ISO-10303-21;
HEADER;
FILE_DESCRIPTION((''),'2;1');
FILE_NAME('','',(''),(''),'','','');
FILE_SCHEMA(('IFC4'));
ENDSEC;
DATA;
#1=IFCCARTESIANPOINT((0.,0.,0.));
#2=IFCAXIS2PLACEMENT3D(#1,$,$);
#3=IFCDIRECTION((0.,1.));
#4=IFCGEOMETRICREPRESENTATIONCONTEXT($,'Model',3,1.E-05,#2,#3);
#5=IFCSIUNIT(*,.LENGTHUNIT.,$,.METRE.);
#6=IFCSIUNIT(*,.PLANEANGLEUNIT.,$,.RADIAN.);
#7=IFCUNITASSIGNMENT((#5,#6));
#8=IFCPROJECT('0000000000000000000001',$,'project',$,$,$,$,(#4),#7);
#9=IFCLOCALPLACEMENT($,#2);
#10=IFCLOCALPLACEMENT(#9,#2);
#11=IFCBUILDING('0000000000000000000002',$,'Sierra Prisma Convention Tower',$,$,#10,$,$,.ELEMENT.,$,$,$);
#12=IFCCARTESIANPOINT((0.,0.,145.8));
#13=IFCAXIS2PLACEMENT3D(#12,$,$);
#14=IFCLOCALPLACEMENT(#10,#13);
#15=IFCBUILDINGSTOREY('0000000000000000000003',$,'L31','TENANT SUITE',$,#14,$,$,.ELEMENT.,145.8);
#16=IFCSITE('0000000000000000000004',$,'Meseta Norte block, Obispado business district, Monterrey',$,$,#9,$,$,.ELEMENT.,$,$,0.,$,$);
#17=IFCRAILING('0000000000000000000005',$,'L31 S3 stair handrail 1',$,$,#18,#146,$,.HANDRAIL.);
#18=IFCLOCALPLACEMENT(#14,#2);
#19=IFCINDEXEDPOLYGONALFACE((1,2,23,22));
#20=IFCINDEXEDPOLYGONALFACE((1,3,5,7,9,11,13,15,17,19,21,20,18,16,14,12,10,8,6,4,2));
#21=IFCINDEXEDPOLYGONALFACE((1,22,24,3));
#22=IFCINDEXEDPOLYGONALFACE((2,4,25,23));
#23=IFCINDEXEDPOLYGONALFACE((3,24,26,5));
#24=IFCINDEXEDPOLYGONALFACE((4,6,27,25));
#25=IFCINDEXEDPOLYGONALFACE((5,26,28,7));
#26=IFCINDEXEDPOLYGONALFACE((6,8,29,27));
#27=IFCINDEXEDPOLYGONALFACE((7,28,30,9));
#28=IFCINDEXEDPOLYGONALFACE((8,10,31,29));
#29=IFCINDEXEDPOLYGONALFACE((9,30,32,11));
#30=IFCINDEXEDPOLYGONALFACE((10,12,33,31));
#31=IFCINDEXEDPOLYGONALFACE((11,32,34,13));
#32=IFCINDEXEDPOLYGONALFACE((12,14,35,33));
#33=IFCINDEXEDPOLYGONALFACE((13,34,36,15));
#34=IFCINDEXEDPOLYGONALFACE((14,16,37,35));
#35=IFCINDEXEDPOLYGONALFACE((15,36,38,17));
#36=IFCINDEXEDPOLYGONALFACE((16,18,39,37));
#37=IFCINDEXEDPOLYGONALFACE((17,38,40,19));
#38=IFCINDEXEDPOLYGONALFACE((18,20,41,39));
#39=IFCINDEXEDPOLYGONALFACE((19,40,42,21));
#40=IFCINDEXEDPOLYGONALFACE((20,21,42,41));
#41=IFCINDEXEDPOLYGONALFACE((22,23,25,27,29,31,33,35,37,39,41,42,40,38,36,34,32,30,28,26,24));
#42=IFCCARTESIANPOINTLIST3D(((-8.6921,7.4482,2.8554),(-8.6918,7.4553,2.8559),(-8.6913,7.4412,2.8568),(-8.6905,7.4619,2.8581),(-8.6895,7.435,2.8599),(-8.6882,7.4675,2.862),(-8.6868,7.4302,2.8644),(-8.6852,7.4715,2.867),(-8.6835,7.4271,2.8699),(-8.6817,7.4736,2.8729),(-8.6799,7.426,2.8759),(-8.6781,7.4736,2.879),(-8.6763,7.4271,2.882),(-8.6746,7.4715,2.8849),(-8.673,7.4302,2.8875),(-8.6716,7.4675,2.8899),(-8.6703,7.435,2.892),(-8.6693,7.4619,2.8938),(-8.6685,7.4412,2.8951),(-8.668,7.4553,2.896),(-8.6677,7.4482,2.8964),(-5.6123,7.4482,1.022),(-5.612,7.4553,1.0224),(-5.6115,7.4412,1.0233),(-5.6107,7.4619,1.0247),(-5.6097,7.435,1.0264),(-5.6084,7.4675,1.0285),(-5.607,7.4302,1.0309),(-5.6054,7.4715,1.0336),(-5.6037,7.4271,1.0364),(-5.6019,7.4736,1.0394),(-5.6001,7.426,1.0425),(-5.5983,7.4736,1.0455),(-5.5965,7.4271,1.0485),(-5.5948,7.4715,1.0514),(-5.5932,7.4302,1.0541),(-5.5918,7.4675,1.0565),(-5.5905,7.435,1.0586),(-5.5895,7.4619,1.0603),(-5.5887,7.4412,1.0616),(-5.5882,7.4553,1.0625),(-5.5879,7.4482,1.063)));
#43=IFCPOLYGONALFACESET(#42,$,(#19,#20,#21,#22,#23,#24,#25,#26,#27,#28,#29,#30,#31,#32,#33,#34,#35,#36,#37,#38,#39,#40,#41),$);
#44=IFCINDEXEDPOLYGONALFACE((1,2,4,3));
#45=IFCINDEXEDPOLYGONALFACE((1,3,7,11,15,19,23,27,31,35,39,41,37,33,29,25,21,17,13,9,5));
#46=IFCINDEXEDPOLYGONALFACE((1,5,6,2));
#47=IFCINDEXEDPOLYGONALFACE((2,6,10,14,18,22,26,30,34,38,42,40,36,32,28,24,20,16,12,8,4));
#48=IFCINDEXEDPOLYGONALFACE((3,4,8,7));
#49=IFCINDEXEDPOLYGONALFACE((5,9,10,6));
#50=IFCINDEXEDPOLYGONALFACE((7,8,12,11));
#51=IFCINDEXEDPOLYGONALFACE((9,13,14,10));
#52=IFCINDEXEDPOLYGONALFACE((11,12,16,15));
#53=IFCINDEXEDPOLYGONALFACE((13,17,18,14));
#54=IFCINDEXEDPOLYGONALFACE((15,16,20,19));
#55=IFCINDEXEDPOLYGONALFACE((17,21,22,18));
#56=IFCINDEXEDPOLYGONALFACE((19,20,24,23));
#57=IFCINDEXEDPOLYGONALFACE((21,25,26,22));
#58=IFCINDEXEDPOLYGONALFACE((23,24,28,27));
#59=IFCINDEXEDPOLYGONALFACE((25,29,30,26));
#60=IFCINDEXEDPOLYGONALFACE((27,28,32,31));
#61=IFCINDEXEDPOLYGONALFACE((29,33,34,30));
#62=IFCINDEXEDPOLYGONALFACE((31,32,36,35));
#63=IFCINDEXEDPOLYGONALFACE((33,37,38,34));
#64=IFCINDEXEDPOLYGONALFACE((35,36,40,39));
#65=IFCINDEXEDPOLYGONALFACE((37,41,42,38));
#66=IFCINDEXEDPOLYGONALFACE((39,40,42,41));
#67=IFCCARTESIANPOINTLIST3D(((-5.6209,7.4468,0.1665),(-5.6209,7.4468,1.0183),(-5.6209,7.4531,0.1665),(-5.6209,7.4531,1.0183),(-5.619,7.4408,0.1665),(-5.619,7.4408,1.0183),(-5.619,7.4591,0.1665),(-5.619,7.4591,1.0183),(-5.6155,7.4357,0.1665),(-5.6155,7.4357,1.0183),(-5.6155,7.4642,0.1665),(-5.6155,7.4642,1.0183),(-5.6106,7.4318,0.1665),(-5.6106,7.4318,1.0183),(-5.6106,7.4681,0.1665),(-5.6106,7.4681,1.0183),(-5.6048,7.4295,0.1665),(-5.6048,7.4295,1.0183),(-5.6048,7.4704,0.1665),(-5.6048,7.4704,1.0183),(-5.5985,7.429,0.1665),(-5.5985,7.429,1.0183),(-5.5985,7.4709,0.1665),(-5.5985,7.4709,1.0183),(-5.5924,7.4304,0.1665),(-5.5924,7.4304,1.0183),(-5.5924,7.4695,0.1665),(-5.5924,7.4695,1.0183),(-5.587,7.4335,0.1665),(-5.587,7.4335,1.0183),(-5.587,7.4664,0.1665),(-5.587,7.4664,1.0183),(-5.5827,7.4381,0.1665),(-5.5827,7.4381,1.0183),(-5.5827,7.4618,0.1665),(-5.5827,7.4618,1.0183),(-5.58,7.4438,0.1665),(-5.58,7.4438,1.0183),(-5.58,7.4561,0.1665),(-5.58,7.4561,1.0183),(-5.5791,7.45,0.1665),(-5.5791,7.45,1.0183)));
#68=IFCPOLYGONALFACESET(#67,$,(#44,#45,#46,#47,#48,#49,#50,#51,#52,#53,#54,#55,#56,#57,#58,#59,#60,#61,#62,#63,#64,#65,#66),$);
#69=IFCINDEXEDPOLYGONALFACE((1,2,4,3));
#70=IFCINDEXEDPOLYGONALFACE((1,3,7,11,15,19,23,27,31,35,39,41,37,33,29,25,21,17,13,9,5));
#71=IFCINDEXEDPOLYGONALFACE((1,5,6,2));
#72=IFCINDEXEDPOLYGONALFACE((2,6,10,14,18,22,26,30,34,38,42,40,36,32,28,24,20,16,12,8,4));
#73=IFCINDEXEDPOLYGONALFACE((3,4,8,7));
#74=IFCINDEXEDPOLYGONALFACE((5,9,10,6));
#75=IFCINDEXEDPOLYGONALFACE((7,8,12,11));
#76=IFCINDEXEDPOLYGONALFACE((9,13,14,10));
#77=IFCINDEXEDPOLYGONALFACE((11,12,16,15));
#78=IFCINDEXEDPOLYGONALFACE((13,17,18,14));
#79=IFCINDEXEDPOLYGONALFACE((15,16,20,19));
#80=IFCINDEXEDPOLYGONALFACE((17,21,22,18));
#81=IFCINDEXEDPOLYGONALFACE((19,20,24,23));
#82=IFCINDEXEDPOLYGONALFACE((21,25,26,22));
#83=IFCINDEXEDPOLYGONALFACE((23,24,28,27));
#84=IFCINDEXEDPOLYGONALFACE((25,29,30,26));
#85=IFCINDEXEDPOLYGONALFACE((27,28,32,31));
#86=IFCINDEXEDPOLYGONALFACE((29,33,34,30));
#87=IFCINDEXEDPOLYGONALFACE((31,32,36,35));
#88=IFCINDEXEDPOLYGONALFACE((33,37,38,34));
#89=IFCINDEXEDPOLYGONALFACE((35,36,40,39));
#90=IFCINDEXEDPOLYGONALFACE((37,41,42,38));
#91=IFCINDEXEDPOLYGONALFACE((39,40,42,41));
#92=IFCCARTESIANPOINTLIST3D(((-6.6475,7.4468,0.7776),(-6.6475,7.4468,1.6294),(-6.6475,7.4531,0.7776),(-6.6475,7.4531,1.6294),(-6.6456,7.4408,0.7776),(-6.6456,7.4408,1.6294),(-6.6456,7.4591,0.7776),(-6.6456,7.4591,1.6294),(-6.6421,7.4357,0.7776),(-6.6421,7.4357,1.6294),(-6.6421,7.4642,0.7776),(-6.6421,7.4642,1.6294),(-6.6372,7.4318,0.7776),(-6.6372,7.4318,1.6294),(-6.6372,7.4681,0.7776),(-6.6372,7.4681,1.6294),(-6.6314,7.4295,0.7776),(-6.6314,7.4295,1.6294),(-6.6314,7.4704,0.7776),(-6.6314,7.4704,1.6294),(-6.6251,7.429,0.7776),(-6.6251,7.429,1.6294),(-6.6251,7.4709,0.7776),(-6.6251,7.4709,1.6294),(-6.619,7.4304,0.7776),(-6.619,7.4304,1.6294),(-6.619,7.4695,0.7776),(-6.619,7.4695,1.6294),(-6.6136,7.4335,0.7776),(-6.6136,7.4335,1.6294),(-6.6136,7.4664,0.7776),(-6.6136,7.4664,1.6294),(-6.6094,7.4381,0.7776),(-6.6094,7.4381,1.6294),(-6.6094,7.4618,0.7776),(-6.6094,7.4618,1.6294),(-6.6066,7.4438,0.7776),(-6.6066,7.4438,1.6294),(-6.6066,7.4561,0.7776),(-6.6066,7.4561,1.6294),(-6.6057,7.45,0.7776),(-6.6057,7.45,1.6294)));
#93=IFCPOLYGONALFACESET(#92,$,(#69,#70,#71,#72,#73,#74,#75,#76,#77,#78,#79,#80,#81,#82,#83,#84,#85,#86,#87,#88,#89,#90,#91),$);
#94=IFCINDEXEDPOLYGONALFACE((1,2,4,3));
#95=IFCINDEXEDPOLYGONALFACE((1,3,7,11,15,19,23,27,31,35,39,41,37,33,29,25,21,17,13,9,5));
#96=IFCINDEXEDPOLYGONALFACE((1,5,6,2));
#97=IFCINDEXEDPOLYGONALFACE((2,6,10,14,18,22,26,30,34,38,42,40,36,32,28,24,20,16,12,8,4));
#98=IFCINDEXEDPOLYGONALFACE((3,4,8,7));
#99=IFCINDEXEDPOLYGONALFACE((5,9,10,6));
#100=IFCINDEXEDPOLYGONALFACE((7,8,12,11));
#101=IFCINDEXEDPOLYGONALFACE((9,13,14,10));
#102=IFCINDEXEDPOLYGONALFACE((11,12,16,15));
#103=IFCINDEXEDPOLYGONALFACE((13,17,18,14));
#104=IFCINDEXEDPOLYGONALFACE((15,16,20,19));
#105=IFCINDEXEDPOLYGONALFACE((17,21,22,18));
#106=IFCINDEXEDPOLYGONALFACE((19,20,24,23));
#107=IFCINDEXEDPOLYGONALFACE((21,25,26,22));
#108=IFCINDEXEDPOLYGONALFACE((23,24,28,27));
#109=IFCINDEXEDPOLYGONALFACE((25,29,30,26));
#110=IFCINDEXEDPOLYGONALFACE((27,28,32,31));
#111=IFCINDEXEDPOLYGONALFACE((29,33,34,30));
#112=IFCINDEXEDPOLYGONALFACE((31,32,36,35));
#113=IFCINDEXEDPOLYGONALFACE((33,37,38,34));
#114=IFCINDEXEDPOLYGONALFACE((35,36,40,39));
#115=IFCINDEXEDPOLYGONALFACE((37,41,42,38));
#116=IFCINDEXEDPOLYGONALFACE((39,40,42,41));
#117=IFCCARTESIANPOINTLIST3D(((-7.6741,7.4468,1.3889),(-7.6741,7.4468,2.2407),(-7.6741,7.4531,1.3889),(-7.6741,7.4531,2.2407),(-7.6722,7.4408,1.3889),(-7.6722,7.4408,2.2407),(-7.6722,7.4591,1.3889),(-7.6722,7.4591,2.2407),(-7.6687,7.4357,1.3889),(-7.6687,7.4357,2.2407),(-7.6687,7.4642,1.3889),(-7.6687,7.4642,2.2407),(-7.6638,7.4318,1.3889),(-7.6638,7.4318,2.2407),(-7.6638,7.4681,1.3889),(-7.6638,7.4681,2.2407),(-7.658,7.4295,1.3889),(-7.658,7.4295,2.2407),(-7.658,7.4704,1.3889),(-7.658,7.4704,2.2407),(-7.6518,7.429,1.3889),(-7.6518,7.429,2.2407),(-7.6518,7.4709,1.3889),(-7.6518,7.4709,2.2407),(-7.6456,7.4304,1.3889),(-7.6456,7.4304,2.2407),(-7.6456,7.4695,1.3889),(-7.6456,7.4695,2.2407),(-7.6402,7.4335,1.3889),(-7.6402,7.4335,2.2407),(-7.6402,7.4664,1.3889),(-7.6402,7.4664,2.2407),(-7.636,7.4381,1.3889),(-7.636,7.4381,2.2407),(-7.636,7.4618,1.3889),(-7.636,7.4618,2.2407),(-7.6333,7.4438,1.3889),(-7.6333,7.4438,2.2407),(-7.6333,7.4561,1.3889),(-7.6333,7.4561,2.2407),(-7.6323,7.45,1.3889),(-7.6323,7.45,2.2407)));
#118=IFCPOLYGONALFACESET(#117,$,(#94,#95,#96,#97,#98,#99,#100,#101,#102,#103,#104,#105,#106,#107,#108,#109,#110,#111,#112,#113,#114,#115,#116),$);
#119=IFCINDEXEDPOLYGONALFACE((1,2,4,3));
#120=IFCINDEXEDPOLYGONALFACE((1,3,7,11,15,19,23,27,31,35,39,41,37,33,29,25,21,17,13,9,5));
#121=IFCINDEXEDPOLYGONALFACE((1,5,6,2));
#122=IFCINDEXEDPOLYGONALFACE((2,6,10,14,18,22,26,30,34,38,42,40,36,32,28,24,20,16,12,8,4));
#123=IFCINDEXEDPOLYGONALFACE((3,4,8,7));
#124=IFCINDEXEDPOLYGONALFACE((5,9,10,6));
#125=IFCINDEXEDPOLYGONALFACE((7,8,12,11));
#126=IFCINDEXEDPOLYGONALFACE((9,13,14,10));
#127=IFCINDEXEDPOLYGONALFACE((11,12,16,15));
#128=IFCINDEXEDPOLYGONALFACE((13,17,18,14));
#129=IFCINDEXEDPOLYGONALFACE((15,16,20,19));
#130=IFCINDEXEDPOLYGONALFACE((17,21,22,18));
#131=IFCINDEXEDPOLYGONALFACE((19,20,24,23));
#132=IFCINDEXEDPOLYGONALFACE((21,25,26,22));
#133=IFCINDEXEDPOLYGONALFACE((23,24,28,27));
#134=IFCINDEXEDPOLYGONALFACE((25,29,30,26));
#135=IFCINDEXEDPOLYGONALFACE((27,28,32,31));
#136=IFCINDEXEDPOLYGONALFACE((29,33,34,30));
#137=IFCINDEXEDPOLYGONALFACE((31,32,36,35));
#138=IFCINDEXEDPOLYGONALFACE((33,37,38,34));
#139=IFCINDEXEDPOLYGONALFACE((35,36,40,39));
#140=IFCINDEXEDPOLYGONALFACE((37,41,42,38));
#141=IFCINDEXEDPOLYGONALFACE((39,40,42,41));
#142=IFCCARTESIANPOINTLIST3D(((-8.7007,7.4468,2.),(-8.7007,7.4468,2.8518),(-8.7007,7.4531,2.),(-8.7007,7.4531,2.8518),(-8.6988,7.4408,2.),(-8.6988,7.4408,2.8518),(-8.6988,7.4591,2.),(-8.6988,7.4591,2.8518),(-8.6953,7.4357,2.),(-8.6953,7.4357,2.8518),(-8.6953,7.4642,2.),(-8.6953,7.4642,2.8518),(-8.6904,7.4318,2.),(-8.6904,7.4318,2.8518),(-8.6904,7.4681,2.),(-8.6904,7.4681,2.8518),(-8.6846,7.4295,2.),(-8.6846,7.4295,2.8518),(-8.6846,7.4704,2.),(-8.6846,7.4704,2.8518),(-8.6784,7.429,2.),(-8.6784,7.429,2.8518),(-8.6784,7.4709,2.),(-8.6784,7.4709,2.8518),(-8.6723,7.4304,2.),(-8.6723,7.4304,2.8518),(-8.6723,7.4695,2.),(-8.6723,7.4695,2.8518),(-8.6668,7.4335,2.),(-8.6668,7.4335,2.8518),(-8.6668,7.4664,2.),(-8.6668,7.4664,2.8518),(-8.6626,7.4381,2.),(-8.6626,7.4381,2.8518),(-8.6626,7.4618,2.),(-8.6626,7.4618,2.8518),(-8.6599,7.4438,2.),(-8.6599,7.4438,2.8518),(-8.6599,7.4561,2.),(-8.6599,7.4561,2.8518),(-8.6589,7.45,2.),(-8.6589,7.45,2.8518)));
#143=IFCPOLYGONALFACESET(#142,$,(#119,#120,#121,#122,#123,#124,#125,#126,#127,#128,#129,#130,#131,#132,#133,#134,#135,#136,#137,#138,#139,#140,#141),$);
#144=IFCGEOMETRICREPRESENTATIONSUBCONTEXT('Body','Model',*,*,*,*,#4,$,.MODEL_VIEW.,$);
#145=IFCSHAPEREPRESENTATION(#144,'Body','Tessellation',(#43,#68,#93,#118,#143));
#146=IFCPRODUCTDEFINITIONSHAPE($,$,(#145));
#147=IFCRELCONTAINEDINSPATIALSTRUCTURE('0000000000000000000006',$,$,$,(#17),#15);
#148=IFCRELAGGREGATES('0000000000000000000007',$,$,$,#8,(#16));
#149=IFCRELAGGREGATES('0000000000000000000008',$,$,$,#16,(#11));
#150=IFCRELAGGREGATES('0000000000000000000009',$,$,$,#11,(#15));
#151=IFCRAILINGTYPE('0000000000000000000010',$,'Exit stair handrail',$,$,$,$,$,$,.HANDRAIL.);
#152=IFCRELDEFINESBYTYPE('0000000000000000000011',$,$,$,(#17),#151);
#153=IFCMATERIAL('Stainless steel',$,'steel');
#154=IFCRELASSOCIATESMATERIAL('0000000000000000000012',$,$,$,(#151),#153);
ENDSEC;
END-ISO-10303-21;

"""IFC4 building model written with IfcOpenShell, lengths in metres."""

from ifc_helpers import new_model, si_unit, direction, frame, origin, origin_2d, place, context, subcontext, project, spatial, circle, extrude, material, type_object, element, save


model = new_model("IFC4")

# Units and contexts
model_context = context("Model", 3, precision=1e-05, world=origin(), true_north=direction((0.0, 1.0)))
body_context = subcontext(model_context, "Body", "Model", "MODEL_VIEW")
ifc_project = project(units=[si_unit("LENGTHUNIT", "METRE"), si_unit("PLANEANGLEUNIT", "RADIAN")], contexts=[model_context])

# Site, building, storey
site_placement = place(None, origin())
site = spatial("IfcSite", under=ifc_project, at=site_placement, Name="Meseta Norte block, Obispado business district, Monterrey", CompositionType="ELEMENT", RefElevation=0.0)
building_placement = place(site_placement, origin())
building = spatial("IfcBuilding", under=site, at=building_placement, Name="Sierra Prisma Convention Tower", CompositionType="ELEMENT")
storey_placement = place(building_placement, frame((0.0, 0.0, 145.8)))
storey = spatial("IfcBuildingStorey", under=building, at=storey_placement, Name="L31", Description="TENANT SUITE", CompositionType="ELEMENT", Elevation=145.8)

# Railing
ifc_material_1 = material(Name="Stainless steel", Category="steel")
railing_type_1 = type_object("IfcRailingType", Name="Exit stair handrail", PredefinedType="HANDRAIL", material=ifc_material_1)
railing_1_placement = place(storey_placement, frame((-5.6001, 7.45, 0.1665)))
element("IfcRailing", 1, at=railing_1_placement, inside=storey, type_object=railing_type_1, Name="L31 S3 stair handrail 1", PredefinedType="HANDRAIL", context=body_context, shape_type="SweptSolid", body=[
    extrude(circle(Radius=0.0239, at=origin_2d()), frame((0.0, 0.0, 0.876), z_axis=(-0.859261, 0.0, 0.511538), x_axis=(0.0, -1.0, 0.0)), (0.0, 0.0, 1.0), 3.5842),
    extrude(circle(Radius=0.021, at=origin_2d()), origin(), (0.0, 0.0, 1.0), 0.8518),
    extrude(circle(Radius=0.021, at=origin_2d()), frame((-1.0266, 0.0, 0.6111)), (0.0, 0.0, 1.0), 0.8518),
    extrude(circle(Radius=0.021, at=origin_2d()), frame((-2.0532, 0.0, 1.2224)), (0.0, 0.0, 1.0), 0.8518),
    extrude(circle(Radius=0.021, at=origin_2d()), frame((-3.0798, 0.0, 1.8335)), (0.0, 0.0, 1.0), 0.8518),
])

save(model, "model.ifc")
